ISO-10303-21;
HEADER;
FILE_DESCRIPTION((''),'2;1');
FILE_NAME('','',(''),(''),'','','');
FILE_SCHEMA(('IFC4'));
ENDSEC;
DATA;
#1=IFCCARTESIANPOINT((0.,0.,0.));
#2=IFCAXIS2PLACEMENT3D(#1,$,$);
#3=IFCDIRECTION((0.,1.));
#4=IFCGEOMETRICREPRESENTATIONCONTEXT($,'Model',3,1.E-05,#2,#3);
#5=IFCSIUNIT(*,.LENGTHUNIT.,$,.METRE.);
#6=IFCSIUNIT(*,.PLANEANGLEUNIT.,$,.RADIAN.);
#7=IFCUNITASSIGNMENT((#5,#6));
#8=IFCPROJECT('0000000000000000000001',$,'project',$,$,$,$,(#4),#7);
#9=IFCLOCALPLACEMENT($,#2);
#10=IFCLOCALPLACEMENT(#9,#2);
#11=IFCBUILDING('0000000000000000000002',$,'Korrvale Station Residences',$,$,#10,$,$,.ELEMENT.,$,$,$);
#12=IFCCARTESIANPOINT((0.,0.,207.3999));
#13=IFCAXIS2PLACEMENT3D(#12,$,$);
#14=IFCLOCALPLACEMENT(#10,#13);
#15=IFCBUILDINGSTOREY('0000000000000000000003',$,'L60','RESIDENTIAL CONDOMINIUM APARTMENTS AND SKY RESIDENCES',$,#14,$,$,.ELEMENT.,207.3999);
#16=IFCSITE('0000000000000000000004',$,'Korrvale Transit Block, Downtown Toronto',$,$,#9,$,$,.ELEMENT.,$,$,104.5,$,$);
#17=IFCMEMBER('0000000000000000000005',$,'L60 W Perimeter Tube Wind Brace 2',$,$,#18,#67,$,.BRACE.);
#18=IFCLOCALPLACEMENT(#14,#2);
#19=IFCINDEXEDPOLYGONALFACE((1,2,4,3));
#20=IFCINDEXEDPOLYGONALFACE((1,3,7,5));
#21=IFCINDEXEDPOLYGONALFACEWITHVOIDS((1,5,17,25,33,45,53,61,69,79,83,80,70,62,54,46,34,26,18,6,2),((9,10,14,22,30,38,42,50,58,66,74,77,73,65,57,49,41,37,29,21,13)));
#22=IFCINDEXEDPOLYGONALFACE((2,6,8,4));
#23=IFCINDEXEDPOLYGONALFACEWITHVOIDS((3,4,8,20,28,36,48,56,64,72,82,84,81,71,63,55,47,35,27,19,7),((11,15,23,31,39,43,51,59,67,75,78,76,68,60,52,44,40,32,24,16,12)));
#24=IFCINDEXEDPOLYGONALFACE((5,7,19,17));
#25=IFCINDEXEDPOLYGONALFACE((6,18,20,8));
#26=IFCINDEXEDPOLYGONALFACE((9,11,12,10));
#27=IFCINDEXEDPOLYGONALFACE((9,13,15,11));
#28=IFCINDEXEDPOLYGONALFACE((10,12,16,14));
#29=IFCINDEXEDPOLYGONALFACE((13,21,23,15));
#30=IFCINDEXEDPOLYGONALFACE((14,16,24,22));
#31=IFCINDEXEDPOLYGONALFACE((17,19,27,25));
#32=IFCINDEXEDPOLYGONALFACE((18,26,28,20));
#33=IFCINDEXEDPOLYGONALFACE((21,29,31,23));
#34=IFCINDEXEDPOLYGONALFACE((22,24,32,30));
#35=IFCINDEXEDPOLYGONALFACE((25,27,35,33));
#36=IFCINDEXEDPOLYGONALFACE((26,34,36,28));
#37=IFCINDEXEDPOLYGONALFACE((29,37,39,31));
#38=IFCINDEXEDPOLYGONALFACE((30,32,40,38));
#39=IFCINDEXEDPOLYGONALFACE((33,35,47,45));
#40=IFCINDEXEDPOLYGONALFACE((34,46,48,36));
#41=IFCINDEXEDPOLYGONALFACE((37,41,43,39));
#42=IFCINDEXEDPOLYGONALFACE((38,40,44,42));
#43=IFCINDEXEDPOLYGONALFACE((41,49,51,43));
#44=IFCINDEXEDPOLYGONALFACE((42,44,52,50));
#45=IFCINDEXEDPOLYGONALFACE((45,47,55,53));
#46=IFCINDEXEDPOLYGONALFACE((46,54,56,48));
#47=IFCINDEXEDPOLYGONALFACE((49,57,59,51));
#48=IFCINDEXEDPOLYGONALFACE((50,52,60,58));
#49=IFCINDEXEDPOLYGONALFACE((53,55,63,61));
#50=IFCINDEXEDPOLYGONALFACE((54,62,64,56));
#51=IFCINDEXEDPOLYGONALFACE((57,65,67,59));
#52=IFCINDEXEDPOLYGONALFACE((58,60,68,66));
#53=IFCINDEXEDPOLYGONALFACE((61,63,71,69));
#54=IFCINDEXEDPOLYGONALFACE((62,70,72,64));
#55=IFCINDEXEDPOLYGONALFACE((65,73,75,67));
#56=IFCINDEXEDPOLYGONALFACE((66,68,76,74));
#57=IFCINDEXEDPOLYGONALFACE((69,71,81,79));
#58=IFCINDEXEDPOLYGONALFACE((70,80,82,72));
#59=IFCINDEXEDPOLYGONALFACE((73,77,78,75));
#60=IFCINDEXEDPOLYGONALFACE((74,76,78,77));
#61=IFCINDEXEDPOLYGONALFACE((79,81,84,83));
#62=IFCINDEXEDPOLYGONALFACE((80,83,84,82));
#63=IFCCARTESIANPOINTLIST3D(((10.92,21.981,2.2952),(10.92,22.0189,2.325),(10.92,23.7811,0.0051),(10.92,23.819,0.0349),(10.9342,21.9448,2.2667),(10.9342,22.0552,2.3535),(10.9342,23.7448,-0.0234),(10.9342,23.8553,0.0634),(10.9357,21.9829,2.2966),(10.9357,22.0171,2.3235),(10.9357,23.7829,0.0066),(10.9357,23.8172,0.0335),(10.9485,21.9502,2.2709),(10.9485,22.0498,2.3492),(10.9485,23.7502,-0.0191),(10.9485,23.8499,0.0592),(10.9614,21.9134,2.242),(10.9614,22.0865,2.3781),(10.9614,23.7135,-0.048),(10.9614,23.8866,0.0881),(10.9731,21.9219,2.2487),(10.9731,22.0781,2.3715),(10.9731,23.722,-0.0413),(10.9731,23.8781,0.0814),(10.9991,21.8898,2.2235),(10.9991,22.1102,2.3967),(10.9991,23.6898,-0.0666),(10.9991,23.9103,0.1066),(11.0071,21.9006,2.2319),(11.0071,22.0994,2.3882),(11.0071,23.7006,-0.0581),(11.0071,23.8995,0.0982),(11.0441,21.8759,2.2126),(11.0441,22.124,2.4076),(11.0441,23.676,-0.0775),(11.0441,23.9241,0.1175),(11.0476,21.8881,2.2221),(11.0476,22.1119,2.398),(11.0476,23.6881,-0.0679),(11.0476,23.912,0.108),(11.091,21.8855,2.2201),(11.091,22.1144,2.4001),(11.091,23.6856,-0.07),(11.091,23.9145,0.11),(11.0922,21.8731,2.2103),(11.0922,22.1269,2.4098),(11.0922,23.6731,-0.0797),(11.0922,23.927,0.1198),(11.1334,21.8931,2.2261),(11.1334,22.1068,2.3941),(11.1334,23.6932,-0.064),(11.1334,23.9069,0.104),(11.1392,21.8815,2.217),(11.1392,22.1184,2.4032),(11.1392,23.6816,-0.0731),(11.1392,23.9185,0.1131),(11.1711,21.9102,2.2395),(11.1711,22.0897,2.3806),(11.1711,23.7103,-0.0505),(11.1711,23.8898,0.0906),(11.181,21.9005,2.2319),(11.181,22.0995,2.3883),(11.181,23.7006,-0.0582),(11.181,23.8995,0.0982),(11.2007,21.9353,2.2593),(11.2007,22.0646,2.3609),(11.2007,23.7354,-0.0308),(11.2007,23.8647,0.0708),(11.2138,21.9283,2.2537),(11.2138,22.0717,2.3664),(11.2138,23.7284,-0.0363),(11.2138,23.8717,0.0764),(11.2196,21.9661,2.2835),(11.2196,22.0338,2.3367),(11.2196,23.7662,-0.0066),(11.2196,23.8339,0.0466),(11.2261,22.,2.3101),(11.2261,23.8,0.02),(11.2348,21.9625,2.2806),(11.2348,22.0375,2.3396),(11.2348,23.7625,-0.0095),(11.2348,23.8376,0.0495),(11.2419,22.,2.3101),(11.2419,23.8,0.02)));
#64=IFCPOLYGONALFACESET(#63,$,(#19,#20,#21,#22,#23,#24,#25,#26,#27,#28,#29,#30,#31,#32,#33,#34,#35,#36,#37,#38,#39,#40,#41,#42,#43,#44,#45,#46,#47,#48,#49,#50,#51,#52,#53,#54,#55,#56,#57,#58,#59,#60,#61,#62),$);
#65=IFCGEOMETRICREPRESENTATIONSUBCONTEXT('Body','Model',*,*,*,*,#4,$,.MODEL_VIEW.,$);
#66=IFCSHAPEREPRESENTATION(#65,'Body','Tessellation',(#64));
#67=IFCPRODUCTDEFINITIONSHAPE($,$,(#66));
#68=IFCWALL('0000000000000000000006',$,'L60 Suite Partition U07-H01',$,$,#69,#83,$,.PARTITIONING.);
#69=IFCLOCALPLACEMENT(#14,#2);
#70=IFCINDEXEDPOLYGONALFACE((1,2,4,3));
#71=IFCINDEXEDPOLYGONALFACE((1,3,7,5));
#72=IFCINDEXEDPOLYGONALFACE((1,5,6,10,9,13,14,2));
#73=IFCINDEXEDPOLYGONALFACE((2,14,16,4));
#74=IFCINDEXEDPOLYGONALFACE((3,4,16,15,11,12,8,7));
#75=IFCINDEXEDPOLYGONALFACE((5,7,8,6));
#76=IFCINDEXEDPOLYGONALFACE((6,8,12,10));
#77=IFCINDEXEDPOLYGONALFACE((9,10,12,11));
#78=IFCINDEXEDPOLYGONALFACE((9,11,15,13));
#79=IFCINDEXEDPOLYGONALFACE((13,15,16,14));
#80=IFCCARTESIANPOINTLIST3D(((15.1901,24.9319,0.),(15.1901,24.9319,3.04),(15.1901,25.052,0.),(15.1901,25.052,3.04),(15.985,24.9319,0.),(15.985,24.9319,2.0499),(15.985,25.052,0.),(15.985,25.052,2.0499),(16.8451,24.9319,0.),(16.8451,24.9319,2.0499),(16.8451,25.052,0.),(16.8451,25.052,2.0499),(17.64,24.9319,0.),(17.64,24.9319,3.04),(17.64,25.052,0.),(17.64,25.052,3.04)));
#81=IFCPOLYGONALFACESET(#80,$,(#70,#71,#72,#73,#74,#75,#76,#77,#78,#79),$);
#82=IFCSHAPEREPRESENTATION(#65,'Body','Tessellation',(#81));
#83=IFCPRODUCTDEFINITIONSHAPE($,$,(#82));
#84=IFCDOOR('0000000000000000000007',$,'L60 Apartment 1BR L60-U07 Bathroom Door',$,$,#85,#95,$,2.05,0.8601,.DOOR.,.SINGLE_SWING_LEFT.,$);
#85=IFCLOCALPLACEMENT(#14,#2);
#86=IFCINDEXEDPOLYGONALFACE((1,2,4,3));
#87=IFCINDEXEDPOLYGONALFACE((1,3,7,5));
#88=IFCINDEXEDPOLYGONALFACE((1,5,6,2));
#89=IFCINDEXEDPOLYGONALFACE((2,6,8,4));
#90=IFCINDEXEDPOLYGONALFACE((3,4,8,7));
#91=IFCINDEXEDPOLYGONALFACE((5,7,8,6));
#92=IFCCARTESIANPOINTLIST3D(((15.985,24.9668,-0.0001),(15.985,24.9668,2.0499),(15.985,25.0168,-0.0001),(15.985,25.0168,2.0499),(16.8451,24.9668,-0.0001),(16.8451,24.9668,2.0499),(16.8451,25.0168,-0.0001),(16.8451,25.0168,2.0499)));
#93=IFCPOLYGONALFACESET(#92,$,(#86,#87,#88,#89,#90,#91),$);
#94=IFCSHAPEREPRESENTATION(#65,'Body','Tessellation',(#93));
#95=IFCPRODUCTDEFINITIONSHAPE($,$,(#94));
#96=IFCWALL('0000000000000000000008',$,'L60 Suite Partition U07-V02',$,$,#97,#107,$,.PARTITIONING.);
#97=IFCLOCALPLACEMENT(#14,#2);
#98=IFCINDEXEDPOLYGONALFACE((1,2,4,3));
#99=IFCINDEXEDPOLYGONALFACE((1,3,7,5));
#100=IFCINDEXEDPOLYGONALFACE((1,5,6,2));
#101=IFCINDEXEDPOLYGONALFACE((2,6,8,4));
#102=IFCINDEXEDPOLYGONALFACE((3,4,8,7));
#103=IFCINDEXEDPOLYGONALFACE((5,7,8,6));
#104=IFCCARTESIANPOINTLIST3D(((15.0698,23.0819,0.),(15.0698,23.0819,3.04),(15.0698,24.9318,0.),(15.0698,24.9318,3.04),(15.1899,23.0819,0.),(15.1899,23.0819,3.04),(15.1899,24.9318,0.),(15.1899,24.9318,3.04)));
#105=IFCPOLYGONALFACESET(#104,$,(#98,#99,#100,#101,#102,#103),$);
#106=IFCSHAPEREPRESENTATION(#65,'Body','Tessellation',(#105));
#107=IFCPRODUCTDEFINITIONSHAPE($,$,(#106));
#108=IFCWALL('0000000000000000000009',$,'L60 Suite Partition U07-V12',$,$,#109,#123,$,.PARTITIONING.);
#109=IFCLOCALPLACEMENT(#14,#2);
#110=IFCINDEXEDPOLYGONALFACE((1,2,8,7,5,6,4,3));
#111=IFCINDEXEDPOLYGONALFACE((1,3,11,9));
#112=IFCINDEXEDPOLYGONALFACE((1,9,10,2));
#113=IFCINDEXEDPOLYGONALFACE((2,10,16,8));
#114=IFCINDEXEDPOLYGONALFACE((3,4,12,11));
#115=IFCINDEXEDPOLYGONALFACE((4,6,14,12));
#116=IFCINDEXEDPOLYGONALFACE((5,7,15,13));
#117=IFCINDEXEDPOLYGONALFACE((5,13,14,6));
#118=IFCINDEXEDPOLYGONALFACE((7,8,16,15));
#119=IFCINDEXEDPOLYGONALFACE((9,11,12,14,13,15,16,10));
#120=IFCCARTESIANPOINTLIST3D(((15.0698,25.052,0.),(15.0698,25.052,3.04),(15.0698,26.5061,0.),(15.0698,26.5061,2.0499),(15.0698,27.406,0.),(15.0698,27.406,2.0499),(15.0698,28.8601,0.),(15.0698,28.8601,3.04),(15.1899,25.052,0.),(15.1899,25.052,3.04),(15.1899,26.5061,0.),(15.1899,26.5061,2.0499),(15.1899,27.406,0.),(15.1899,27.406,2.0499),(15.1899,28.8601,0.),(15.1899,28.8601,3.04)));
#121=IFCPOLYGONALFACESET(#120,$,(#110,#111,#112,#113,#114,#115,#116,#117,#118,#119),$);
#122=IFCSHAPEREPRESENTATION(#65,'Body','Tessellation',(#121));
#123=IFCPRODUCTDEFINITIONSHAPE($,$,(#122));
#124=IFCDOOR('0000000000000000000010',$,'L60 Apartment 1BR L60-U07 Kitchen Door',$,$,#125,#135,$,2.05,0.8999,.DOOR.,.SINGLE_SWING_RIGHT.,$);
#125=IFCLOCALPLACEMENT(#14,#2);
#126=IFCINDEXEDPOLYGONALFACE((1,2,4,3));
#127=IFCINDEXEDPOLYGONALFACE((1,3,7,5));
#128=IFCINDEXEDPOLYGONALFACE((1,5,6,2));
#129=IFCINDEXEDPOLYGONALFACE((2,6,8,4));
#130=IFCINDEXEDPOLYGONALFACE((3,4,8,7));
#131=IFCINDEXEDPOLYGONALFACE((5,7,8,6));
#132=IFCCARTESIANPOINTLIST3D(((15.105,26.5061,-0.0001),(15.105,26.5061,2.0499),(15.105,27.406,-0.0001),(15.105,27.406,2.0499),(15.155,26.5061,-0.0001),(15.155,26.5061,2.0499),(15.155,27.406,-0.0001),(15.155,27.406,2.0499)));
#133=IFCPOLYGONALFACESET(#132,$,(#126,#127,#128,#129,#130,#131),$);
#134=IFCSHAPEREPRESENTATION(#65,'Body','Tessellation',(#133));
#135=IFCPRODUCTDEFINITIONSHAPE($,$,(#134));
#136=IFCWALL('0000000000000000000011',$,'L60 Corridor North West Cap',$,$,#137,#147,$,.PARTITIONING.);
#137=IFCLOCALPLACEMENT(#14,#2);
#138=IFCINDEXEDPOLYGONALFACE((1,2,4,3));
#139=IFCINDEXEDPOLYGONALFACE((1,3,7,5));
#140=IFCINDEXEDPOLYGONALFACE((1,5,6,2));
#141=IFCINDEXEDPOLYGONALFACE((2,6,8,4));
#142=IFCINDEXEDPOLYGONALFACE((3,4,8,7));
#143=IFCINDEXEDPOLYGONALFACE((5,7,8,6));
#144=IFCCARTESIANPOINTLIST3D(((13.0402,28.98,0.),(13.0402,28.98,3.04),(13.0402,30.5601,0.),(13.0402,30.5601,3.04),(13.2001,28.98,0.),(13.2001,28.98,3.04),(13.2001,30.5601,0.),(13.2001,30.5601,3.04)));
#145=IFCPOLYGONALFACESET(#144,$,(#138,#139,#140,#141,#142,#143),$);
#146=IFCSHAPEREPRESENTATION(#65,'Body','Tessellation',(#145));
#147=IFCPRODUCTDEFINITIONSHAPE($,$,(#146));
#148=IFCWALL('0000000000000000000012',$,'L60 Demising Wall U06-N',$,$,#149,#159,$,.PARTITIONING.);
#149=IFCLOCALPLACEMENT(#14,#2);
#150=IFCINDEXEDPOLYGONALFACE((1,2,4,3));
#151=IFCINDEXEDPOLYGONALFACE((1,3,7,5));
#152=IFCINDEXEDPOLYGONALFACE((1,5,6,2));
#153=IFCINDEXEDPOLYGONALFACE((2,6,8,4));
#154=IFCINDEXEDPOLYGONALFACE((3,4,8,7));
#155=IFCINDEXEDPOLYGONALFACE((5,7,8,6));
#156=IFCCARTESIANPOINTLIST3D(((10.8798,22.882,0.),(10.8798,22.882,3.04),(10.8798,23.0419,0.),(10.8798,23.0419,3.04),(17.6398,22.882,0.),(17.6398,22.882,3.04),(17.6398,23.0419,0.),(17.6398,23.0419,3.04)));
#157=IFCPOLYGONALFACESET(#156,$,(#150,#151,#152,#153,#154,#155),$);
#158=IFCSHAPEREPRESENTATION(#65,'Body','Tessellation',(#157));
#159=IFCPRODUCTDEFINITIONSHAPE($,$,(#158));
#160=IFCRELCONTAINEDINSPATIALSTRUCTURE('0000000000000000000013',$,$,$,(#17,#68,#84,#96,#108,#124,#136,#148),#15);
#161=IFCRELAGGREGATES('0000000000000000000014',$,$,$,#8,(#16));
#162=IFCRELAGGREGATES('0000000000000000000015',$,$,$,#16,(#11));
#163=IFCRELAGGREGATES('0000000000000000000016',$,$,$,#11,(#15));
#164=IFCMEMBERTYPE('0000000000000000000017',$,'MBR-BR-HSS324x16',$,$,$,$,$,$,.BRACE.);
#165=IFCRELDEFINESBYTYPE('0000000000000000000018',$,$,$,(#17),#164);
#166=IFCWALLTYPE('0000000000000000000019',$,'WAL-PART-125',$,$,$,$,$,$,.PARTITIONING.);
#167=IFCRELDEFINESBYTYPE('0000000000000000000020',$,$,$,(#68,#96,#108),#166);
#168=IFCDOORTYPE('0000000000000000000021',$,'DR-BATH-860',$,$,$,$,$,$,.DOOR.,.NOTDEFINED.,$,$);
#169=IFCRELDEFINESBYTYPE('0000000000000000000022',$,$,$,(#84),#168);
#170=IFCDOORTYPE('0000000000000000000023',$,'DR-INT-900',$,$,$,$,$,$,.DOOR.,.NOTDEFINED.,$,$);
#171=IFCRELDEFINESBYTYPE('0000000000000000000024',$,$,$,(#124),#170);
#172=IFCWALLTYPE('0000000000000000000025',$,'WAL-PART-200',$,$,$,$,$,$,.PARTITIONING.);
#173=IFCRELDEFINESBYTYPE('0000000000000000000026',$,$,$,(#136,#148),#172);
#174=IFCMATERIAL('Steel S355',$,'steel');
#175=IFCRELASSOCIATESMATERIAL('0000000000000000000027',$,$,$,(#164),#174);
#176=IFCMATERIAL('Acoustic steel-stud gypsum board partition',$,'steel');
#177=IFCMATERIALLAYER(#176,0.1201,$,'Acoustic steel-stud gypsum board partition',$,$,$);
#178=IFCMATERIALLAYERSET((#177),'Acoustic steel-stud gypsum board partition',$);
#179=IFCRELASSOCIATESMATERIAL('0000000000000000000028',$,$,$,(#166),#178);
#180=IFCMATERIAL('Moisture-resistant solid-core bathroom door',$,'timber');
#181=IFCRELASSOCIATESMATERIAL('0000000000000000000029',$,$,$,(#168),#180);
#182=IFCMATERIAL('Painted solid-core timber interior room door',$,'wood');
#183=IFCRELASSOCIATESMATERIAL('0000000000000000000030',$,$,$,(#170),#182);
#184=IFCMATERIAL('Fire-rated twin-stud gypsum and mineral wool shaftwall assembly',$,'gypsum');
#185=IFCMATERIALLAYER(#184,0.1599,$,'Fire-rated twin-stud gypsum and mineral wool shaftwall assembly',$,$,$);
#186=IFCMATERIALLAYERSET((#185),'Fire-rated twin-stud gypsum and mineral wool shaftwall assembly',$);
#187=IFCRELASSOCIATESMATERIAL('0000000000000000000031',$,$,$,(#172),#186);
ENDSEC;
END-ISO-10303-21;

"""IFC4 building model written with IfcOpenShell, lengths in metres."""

from ifc_helpers import new_model, si_unit, direction, frame, frame_2d, origin, origin_2d, place, context, subcontext, project, spatial, rectangle, hollow_circle, extrude, material, layer, layer_set, material_profile, profile_set, type_object, element, fill, save


model = new_model("IFC4")

# Units and contexts
model_context = context("Model", 3, precision=1e-05, world=origin(), true_north=direction((0.0, 1.0)))
body_context = subcontext(model_context, "Body", "Model", "MODEL_VIEW")
ifc_project = project(units=[si_unit("LENGTHUNIT", "METRE"), si_unit("PLANEANGLEUNIT", "RADIAN")], contexts=[model_context])

# Site, building, storey
site_placement = place(None, origin())
site = spatial("IfcSite", under=ifc_project, at=site_placement, Name="Korrvale Transit Block, Downtown Toronto", CompositionType="ELEMENT", RefElevation=104.5)
building_placement = place(site_placement, origin())
building = spatial("IfcBuilding", under=site, at=building_placement, Name="Korrvale Station Residences", CompositionType="ELEMENT")
storey_placement = place(building_placement, frame((0.0, 0.0, 207.3999)))
storey = spatial("IfcBuildingStorey", under=building, at=storey_placement, Name="L60", Description="RESIDENTIAL CONDOMINIUM APARTMENTS AND SKY RESIDENCES", CompositionType="ELEMENT", Elevation=207.3999)

# Shared definitions
ifc_material_1 = material(Name="Steel S355", Category="steel")

# Member
ifc_material_profile_1 = material_profile(ifc_material_1, hollow_circle(Radius=0.1619, WallThickness=0.0159, at=origin_2d()), Name="HSS324x16")
ifc_profile_set_1 = profile_set([ifc_material_profile_1], Name="Steel S355")
member_type = type_object("IfcMemberType", Name="MBR-BR-HSS324x16", PredefinedType="BRACE", material=ifc_profile_set_1)
member_placement = place(storey_placement, frame((11.0801, 23.8, 0.02), z_axis=(0.0, -0.617977, 0.786196), x_axis=(1.0, 0.0, 0.0)))
element("IfcMember", 1, at=member_placement, inside=storey, type_object=member_type, Name="L60 W Perimeter Tube Wind Brace 2", PredefinedType="BRACE", context=body_context, shape_type="SweptSolid", body=[
    extrude(hollow_circle(Radius=0.1619, WallThickness=0.0159, at=origin_2d()), origin(), (0.0, 0.0, 1.0), 2.9128),
])

# Wall, opening, door
ifc_material_2 = material(Name="Acoustic steel-stud gypsum board partition", Category="steel")
ifc_layer_1 = layer(ifc_material_2, 0.1201, Name="Acoustic steel-stud gypsum board partition")
ifc_layer_set_1 = layer_set([ifc_layer_1], Name="Acoustic steel-stud gypsum board partition")
wall_type_1 = type_object("IfcWallType", Name="WAL-PART-125", PredefinedType="PARTITIONING", material=ifc_layer_set_1)
wall_1_placement = place(storey_placement, frame((15.1899, 24.9919, 0.0), z_axis=(0.0, 0.0, 1.0), x_axis=(1.0, 0.0, 0.0)))
wall_1 = element("IfcWall", 2, at=wall_1_placement, inside=storey, type_object=wall_type_1, Name="L60 Suite Partition U07-H01", PredefinedType="PARTITIONING", context=body_context, shape_type="SweptSolid", body=[
    extrude(rectangle(XDim=2.45, YDim=0.1201, at=frame_2d((1.2251, 0.0))), origin(), (0.0, 0.0, 1.0), 3.04),
])
opening_1_placement = place(wall_1_placement, frame((0.7949, 0.0, 0.0)))
opening_1 = element("IfcOpeningElement", 3, at=opening_1_placement, cuts=wall_1, PredefinedType="OPENING", context=body_context, shape_type="SweptSolid", body=[
    extrude(rectangle(XDim=0.8601, YDim=2.05, at=frame_2d((0.4302, 1.0249))), frame((0.0, 0.0701, 0.0), z_axis=(0.0, -1.0, 0.0), x_axis=(1.0, 0.0, 0.0)), (0.0, 0.0, 1.0), 0.1401),
])
ifc_material_3 = material(Name="Moisture-resistant solid-core bathroom door", Category="timber")
door_type_1 = type_object("IfcDoorType", Name="DR-BATH-860", OperationType="NOTDEFINED", PredefinedType="DOOR", material=ifc_material_3)
door_1_placement = place(opening_1_placement, origin())
door_1 = element("IfcDoor", 4, at=door_1_placement, inside=storey, type_object=door_type_1, Name="L60 Apartment 1BR L60-U07 Bathroom Door", OperationType="SINGLE_SWING_LEFT", OverallHeight=2.05, OverallWidth=0.8601, PredefinedType="DOOR", context=body_context, shape_type="SweptSolid", body=[
    extrude(rectangle(XDim=0.8601, YDim=2.05, at=frame_2d((0.4302, 1.0249))), frame((0.0, 0.0249, 0.0), z_axis=(0.0, -1.0, 0.0), x_axis=(1.0, 0.0, 0.0)), (0.0, 0.0, 1.0), 0.05),
])
fill(opening_1, door_1)

# Wall
wall_2_placement = place(storey_placement, frame((15.1299, 23.082, 0.0), z_axis=(0.0, 0.0, 1.0), x_axis=(0.0, 1.0, 0.0)))
element("IfcWall", 5, at=wall_2_placement, inside=storey, type_object=wall_type_1, Name="L60 Suite Partition U07-V02", PredefinedType="PARTITIONING", context=body_context, shape_type="SweptSolid", body=[
    extrude(rectangle(XDim=1.8499, YDim=0.1201, at=frame_2d((0.9248, 0.0))), origin(), (0.0, 0.0, 1.0), 3.04),
])

# Wall, opening, door
wall_3_placement = place(storey_placement, frame((15.1299, 25.052, 0.0), z_axis=(0.0, 0.0, 1.0), x_axis=(0.0, 1.0, 0.0)))
wall_3 = element("IfcWall", 6, at=wall_3_placement, inside=storey, type_object=wall_type_1, Name="L60 Suite Partition U07-V12", PredefinedType="PARTITIONING", context=body_context, shape_type="SweptSolid", body=[
    extrude(rectangle(XDim=3.8081, YDim=0.1201, at=frame_2d((1.9041, 0.0))), origin(), (0.0, 0.0, 1.0), 3.04),
])
opening_2_placement = place(wall_3_placement, frame((1.4541, 0.0, 0.0)))
opening_2 = element("IfcOpeningElement", 7, at=opening_2_placement, cuts=wall_3, PredefinedType="OPENING", context=body_context, shape_type="SweptSolid", body=[
    extrude(rectangle(XDim=0.8999, YDim=2.05, at=frame_2d((0.45, 1.0249))), frame((0.0, 0.0701, 0.0), z_axis=(0.0, -1.0, 0.0), x_axis=(1.0, 0.0, 0.0)), (0.0, 0.0, 1.0), 0.1401),
])
ifc_material_4 = material(Name="Painted solid-core timber interior room door", Category="wood")
door_type_2 = type_object("IfcDoorType", Name="DR-INT-900", OperationType="NOTDEFINED", PredefinedType="DOOR", material=ifc_material_4)
door_2_placement = place(opening_2_placement, origin())
door_2 = element("IfcDoor", 8, at=door_2_placement, inside=storey, type_object=door_type_2, Name="L60 Apartment 1BR L60-U07 Kitchen Door", OperationType="SINGLE_SWING_RIGHT", OverallHeight=2.05, OverallWidth=0.8999, PredefinedType="DOOR", context=body_context, shape_type="SweptSolid", body=[
    extrude(rectangle(XDim=0.8999, YDim=2.05, at=frame_2d((0.45, 1.0249))), frame((0.0, 0.0249, 0.0), z_axis=(0.0, -1.0, 0.0), x_axis=(1.0, 0.0, 0.0)), (0.0, 0.0, 1.0), 0.05),
])
fill(opening_2, door_2)

# Walls
ifc_material_5 = material(Name="Fire-rated twin-stud gypsum and mineral wool shaftwall assembly", Category="gypsum")
ifc_layer_2 = layer(ifc_material_5, 0.1599, Name="Fire-rated twin-stud gypsum and mineral wool shaftwall assembly")
ifc_layer_set_2 = layer_set([ifc_layer_2], Name="Fire-rated twin-stud gypsum and mineral wool shaftwall assembly")
wall_type_2 = type_object("IfcWallType", Name="WAL-PART-200", PredefinedType="PARTITIONING", material=ifc_layer_set_2)
wall_4_placement = place(storey_placement, frame((13.1201, 28.98, 0.0), z_axis=(0.0, 0.0, 1.0), x_axis=(0.0, 1.0, 0.0)))
element("IfcWall", 9, at=wall_4_placement, inside=storey, type_object=wall_type_2, Name="L60 Corridor North West Cap", PredefinedType="PARTITIONING", context=body_context, shape_type="SweptSolid", body=[
    extrude(rectangle(XDim=1.5801, YDim=0.1599, at=frame_2d((0.79, 0.0))), origin(), (0.0, 0.0, 1.0), 3.04),
])
wall_5_placement = place(storey_placement, frame((10.8799, 22.9619, 0.0), z_axis=(0.0, 0.0, 1.0), x_axis=(1.0, 0.0, 0.0)))
element("IfcWall", 10, at=wall_5_placement, inside=storey, type_object=wall_type_2, Name="L60 Demising Wall U06-N", PredefinedType="PARTITIONING", context=body_context, shape_type="SweptSolid", body=[
    extrude(rectangle(XDim=6.76, YDim=0.1599, at=frame_2d((3.3799, 0.0))), origin(), (0.0, 0.0, 1.0), 3.04),
])

save(model, "model.ifc")
